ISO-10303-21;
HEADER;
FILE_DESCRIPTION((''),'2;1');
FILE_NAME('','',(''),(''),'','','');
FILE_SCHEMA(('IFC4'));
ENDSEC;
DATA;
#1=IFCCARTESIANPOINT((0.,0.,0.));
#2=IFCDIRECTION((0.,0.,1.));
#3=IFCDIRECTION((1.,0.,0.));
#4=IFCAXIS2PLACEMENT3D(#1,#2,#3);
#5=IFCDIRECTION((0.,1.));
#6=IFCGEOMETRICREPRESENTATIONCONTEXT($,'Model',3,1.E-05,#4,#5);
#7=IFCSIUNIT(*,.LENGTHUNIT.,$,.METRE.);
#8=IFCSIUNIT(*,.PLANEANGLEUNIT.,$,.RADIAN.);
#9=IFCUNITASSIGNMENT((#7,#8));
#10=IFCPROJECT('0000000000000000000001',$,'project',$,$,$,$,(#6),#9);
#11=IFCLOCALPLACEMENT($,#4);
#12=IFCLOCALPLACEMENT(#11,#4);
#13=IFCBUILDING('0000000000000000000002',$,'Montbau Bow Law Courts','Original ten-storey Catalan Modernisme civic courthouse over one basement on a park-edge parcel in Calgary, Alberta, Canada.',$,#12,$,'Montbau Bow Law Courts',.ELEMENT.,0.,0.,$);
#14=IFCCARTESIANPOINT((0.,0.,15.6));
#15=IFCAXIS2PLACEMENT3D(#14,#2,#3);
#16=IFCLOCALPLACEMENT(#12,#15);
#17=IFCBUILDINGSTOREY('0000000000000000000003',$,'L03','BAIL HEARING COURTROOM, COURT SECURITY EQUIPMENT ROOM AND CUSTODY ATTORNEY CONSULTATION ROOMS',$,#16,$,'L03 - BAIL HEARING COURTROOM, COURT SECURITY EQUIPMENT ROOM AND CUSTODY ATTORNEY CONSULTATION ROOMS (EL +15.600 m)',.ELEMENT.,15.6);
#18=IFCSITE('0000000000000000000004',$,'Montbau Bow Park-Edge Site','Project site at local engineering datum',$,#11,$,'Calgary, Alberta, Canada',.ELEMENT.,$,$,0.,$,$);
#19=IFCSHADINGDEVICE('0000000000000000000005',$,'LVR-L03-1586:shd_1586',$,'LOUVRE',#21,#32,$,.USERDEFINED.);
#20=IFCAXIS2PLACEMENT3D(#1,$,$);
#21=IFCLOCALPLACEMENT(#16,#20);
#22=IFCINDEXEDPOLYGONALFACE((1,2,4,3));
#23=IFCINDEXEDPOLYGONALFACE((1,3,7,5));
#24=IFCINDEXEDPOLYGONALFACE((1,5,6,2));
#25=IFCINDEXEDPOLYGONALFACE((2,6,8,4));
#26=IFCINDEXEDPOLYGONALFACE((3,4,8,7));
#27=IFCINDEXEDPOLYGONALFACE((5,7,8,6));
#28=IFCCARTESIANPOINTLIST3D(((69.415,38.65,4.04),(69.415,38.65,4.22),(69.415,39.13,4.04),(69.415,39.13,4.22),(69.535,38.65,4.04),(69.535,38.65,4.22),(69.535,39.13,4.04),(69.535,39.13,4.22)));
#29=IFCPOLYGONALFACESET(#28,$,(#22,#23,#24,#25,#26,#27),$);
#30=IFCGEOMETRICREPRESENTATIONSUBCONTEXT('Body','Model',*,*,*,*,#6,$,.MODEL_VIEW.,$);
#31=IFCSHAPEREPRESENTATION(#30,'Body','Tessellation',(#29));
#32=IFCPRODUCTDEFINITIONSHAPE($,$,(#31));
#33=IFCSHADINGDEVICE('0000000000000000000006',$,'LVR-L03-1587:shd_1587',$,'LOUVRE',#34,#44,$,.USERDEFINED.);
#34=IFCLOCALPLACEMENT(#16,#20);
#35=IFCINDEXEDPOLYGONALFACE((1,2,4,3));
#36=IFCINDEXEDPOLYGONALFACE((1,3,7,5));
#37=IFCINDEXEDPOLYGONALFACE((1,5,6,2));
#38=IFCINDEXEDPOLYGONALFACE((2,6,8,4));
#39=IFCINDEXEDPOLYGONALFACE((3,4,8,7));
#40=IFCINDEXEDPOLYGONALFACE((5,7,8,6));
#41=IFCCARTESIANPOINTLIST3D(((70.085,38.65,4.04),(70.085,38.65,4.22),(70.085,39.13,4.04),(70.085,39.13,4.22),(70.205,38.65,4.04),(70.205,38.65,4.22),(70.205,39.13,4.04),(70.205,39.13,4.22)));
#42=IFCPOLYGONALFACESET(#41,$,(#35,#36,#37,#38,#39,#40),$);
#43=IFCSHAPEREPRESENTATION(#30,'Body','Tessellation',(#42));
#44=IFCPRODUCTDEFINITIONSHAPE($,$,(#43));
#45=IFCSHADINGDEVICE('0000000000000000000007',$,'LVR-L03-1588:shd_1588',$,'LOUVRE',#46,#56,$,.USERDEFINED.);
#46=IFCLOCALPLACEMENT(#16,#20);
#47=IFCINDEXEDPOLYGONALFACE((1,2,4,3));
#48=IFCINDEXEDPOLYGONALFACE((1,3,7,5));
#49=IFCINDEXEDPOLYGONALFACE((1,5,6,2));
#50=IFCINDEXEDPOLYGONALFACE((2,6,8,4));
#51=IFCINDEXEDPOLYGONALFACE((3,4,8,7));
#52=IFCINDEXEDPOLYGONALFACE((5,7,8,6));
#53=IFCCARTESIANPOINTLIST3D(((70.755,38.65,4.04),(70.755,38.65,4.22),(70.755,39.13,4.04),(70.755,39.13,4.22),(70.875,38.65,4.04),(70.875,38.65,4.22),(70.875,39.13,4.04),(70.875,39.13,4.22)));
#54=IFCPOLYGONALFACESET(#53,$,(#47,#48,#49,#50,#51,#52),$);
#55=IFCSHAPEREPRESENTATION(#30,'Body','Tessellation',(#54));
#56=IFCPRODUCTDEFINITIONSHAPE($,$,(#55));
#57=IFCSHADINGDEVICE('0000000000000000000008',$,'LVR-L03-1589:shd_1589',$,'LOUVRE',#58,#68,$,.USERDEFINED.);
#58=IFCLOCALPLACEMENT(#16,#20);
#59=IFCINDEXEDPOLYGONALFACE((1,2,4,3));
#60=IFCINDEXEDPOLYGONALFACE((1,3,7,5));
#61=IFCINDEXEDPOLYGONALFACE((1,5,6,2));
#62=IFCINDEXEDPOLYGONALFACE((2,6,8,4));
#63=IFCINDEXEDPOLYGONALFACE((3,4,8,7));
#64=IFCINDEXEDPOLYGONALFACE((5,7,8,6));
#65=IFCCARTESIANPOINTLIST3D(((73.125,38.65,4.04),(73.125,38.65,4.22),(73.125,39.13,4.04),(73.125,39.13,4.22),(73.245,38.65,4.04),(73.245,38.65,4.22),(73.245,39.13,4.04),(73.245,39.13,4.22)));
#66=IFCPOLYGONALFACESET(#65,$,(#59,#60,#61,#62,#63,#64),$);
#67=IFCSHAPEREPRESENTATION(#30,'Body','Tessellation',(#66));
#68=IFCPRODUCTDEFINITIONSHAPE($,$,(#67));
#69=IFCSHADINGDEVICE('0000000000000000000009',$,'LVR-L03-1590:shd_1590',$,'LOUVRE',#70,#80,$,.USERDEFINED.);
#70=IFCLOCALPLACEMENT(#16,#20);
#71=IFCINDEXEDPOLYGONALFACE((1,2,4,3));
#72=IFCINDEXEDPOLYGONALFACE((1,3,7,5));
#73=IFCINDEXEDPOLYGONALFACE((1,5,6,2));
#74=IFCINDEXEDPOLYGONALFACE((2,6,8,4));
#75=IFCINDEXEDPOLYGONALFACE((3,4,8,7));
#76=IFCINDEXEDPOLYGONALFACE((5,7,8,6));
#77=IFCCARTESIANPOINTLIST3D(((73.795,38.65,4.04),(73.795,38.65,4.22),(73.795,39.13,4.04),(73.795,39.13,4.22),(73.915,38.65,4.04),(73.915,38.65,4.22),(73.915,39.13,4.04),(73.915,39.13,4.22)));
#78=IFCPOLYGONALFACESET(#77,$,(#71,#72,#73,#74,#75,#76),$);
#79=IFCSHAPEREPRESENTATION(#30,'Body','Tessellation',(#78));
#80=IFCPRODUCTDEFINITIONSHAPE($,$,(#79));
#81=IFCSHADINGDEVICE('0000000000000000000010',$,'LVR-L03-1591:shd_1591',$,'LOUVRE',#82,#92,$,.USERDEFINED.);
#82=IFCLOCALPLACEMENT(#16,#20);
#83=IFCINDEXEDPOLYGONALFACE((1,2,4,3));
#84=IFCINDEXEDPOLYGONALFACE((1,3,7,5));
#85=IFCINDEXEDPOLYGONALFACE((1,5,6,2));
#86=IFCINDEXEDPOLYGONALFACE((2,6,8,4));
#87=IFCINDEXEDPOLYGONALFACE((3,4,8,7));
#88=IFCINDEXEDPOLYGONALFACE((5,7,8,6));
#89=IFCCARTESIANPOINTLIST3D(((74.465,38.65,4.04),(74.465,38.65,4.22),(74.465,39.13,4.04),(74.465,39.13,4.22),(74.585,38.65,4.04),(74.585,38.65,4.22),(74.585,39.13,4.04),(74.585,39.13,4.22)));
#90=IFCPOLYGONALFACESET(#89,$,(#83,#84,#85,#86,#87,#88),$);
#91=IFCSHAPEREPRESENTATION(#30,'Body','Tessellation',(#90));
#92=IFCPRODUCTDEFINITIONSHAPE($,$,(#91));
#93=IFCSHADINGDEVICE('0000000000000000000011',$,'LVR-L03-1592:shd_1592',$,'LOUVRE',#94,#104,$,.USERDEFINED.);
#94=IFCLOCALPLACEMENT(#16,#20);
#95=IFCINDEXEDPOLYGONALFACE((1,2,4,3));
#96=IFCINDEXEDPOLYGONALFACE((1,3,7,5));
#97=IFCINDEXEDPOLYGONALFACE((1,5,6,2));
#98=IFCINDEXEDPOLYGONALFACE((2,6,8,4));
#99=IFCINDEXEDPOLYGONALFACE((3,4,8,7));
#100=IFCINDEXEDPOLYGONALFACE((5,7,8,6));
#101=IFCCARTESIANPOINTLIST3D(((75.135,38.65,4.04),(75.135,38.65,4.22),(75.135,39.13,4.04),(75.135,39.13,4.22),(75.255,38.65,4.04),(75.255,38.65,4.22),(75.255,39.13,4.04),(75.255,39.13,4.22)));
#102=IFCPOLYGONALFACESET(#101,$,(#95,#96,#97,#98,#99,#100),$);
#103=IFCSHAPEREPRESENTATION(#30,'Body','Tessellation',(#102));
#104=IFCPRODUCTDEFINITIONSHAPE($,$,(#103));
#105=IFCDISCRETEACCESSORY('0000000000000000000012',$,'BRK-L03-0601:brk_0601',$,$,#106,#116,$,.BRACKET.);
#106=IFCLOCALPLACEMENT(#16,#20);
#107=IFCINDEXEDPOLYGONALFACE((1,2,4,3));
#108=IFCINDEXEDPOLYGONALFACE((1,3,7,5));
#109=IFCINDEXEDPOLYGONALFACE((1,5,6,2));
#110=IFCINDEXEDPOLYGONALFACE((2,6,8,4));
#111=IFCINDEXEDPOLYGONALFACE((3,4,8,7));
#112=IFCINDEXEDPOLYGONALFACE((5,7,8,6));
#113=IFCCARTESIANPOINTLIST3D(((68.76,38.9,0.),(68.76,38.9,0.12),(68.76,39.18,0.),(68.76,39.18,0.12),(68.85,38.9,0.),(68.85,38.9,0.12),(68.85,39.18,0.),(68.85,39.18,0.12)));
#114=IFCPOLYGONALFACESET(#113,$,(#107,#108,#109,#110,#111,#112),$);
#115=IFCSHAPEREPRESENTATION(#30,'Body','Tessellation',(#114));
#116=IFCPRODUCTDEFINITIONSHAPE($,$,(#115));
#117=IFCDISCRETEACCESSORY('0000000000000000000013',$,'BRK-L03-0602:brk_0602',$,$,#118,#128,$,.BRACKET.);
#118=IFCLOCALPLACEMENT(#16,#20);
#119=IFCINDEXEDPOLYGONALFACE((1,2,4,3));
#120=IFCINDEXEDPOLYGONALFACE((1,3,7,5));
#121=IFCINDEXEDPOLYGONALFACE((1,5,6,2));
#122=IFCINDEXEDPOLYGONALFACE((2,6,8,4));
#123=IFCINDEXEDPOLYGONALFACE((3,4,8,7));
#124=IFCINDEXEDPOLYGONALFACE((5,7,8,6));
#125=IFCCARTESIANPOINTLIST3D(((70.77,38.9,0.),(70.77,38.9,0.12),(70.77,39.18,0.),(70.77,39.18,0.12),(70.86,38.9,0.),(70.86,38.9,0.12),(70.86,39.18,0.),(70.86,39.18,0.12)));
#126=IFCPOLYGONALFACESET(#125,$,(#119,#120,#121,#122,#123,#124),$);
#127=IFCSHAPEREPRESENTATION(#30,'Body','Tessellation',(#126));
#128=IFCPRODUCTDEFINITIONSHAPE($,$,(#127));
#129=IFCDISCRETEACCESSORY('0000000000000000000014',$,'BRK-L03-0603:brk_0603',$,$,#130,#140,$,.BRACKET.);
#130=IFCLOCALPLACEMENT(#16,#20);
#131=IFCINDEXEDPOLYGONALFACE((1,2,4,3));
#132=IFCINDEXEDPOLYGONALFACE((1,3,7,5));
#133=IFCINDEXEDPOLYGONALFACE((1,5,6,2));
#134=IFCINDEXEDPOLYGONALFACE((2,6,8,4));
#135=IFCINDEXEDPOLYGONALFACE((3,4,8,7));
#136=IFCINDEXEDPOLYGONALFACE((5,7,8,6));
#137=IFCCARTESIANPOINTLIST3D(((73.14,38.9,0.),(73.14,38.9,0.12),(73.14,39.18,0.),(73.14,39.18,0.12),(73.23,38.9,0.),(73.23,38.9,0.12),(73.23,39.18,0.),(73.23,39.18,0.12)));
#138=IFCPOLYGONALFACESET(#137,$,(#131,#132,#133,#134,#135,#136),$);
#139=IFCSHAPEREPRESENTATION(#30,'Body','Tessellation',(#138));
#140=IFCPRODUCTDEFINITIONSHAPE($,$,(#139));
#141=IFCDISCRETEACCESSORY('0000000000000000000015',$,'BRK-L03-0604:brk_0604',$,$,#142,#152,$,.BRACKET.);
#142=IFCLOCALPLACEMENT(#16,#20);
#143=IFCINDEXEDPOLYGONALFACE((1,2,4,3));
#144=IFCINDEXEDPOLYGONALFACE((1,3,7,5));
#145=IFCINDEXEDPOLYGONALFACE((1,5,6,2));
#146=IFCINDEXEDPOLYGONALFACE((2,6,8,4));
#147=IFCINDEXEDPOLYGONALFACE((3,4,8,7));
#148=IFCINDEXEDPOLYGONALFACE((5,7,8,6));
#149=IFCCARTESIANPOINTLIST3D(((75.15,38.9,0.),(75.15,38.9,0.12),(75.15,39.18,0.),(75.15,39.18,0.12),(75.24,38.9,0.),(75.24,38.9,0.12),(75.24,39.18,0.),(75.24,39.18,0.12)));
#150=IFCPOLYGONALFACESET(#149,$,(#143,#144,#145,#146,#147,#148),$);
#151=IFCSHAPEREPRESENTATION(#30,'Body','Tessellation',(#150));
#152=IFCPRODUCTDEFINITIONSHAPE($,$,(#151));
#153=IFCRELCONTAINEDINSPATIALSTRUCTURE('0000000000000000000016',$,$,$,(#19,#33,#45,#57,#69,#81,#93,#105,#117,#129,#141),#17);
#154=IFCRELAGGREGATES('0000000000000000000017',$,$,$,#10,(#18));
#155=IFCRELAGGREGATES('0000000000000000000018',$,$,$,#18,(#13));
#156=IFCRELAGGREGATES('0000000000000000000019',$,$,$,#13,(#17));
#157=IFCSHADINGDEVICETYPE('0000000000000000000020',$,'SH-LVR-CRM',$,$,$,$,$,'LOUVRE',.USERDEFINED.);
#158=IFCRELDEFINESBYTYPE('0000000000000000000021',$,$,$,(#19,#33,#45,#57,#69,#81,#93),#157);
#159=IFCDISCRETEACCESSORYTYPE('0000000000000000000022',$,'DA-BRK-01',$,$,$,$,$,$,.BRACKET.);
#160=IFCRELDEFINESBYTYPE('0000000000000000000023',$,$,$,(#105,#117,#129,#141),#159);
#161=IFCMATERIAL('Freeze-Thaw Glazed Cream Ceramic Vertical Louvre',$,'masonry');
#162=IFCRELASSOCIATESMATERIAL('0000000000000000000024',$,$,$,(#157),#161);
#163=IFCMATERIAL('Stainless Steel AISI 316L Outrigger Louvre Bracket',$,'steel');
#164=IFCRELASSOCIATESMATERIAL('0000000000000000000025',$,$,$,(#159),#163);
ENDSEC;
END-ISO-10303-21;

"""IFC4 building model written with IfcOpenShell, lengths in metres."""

from ifc_helpers import new_model, si_unit, direction, frame, origin_with_axes, origin_2d_with_axis, place, context, subcontext, project, spatial, rectangle, extrude, material, type_object, element, save


model = new_model("IFC4")

# Units and contexts
model_context = context("Model", 3, precision=1e-05, world=origin_with_axes(), true_north=direction((0.0, 1.0)))
body_context = subcontext(model_context, "Body", "Model", "MODEL_VIEW")
ifc_project = project(units=[si_unit("LENGTHUNIT", "METRE"), si_unit("PLANEANGLEUNIT", "RADIAN")], contexts=[model_context])

# Site, building, storey
site_placement = place(None, origin_with_axes())
site = spatial("IfcSite", under=ifc_project, at=site_placement, Name="Montbau Bow Park-Edge Site", Description="Project site at local engineering datum", LongName="Calgary, Alberta, Canada", CompositionType="ELEMENT", RefElevation=0.0)
building_placement = place(site_placement, origin_with_axes())
building = spatial("IfcBuilding", under=site, at=building_placement, Name="Montbau Bow Law Courts", Description="Original ten-storey Catalan Modernisme civic courthouse over one basement on a park-edge parcel in Calgary, Alberta, Canada.", LongName="Montbau Bow Law Courts", CompositionType="ELEMENT", ElevationOfRefHeight=0.0, ElevationOfTerrain=0.0)
storey_placement = place(building_placement, frame((0.0, 0.0, 15.6), z_axis=(0.0, 0.0, 1.0), x_axis=(1.0, 0.0, 0.0)))
storey = spatial("IfcBuildingStorey", under=building, at=storey_placement, Name="L03", Description="BAIL HEARING COURTROOM, COURT SECURITY EQUIPMENT ROOM AND CUSTODY ATTORNEY CONSULTATION ROOMS", LongName="L03 - BAIL HEARING COURTROOM, COURT SECURITY EQUIPMENT ROOM AND CUSTODY ATTORNEY CONSULTATION ROOMS (EL +15.600 m)", CompositionType="ELEMENT", Elevation=15.6)

# Shading devices
ifc_material_1 = material(Name="Freeze-Thaw Glazed Cream Ceramic Vertical Louvre", Category="masonry")
shading_device_type = type_object("IfcShadingDeviceType", Name="SH-LVR-CRM", ElementType="LOUVRE", PredefinedType="USERDEFINED", material=ifc_material_1)
for number, where, z_axis, x_axis, name in (
    (1, (69.475, 38.89, 19.64), (0.0, 0.0, 1.0), (0.0, -1.0, 0.0), "LVR-L03-1586:shd_1586"),
    (2, (70.145, 38.89, 19.64), (0.0, 0.0, 1.0), (0.0, -1.0, 0.0), "LVR-L03-1587:shd_1587"),
    (3, (70.815, 38.89, 19.64), (0.0, 0.0, 1.0), (0.0, -1.0, 0.0), "LVR-L03-1588:shd_1588"),
    (4, (73.185, 38.89, 19.64), (0.0, 0.0, 1.0), (0.0, -1.0, 0.0), "LVR-L03-1589:shd_1589"),
    (5, (73.855, 38.89, 19.64), (0.0, 0.0, 1.0), (0.0, -1.0, 0.0), "LVR-L03-1590:shd_1590"),
    (6, (74.525, 38.89, 19.64), (0.0, 0.0, 1.0), (0.0, -1.0, 0.0), "LVR-L03-1591:shd_1591"),
    (7, (75.195, 38.89, 19.64), (0.0, 0.0, 1.0), (0.0, -1.0, 0.0), "LVR-L03-1592:shd_1592"),
):
    element("IfcShadingDevice", number, at=place(None, frame(where, z_axis=z_axis, x_axis=x_axis)), inside=storey, type_object=shading_device_type, Name=name, ObjectType="LOUVRE", PredefinedType="USERDEFINED", context=body_context, shape_type="SweptSolid", body=[
        extrude(rectangle(XDim=0.48, YDim=0.12, at=origin_2d_with_axis()), origin_with_axes(), (0.0, 0.0, 1.0), 0.18),
    ])

# Discrete accessories
ifc_material_2 = material(Name="Stainless Steel AISI 316L Outrigger Louvre Bracket", Category="steel")
discrete_accessory_type = type_object("IfcDiscreteAccessoryType", Name="DA-BRK-01", PredefinedType="BRACKET", material=ifc_material_2)
for number, where, z_axis, x_axis, name in (
    (8, (68.805, 39.04, 15.6), (0.0, 0.0, 1.0), (0.0, -1.0, 0.0), "BRK-L03-0601:brk_0601"),
    (9, (70.815, 39.04, 15.6), (0.0, 0.0, 1.0), (0.0, -1.0, 0.0), "BRK-L03-0602:brk_0602"),
    (10, (73.185, 39.04, 15.6), (0.0, 0.0, 1.0), (0.0, -1.0, 0.0), "BRK-L03-0603:brk_0603"),
    (11, (75.195, 39.04, 15.6), (0.0, 0.0, 1.0), (0.0, -1.0, 0.0), "BRK-L03-0604:brk_0604"),
):
    element("IfcDiscreteAccessory", number, at=place(None, frame(where, z_axis=z_axis, x_axis=x_axis)), inside=storey, type_object=discrete_accessory_type, Name=name, PredefinedType="BRACKET", context=body_context, shape_type="SweptSolid", body=[
        extrude(rectangle(XDim=0.28, YDim=0.09, at=origin_2d_with_axis()), origin_with_axes(), (0.0, 0.0, 1.0), 0.12),
    ])

save(model, "model.ifc")
